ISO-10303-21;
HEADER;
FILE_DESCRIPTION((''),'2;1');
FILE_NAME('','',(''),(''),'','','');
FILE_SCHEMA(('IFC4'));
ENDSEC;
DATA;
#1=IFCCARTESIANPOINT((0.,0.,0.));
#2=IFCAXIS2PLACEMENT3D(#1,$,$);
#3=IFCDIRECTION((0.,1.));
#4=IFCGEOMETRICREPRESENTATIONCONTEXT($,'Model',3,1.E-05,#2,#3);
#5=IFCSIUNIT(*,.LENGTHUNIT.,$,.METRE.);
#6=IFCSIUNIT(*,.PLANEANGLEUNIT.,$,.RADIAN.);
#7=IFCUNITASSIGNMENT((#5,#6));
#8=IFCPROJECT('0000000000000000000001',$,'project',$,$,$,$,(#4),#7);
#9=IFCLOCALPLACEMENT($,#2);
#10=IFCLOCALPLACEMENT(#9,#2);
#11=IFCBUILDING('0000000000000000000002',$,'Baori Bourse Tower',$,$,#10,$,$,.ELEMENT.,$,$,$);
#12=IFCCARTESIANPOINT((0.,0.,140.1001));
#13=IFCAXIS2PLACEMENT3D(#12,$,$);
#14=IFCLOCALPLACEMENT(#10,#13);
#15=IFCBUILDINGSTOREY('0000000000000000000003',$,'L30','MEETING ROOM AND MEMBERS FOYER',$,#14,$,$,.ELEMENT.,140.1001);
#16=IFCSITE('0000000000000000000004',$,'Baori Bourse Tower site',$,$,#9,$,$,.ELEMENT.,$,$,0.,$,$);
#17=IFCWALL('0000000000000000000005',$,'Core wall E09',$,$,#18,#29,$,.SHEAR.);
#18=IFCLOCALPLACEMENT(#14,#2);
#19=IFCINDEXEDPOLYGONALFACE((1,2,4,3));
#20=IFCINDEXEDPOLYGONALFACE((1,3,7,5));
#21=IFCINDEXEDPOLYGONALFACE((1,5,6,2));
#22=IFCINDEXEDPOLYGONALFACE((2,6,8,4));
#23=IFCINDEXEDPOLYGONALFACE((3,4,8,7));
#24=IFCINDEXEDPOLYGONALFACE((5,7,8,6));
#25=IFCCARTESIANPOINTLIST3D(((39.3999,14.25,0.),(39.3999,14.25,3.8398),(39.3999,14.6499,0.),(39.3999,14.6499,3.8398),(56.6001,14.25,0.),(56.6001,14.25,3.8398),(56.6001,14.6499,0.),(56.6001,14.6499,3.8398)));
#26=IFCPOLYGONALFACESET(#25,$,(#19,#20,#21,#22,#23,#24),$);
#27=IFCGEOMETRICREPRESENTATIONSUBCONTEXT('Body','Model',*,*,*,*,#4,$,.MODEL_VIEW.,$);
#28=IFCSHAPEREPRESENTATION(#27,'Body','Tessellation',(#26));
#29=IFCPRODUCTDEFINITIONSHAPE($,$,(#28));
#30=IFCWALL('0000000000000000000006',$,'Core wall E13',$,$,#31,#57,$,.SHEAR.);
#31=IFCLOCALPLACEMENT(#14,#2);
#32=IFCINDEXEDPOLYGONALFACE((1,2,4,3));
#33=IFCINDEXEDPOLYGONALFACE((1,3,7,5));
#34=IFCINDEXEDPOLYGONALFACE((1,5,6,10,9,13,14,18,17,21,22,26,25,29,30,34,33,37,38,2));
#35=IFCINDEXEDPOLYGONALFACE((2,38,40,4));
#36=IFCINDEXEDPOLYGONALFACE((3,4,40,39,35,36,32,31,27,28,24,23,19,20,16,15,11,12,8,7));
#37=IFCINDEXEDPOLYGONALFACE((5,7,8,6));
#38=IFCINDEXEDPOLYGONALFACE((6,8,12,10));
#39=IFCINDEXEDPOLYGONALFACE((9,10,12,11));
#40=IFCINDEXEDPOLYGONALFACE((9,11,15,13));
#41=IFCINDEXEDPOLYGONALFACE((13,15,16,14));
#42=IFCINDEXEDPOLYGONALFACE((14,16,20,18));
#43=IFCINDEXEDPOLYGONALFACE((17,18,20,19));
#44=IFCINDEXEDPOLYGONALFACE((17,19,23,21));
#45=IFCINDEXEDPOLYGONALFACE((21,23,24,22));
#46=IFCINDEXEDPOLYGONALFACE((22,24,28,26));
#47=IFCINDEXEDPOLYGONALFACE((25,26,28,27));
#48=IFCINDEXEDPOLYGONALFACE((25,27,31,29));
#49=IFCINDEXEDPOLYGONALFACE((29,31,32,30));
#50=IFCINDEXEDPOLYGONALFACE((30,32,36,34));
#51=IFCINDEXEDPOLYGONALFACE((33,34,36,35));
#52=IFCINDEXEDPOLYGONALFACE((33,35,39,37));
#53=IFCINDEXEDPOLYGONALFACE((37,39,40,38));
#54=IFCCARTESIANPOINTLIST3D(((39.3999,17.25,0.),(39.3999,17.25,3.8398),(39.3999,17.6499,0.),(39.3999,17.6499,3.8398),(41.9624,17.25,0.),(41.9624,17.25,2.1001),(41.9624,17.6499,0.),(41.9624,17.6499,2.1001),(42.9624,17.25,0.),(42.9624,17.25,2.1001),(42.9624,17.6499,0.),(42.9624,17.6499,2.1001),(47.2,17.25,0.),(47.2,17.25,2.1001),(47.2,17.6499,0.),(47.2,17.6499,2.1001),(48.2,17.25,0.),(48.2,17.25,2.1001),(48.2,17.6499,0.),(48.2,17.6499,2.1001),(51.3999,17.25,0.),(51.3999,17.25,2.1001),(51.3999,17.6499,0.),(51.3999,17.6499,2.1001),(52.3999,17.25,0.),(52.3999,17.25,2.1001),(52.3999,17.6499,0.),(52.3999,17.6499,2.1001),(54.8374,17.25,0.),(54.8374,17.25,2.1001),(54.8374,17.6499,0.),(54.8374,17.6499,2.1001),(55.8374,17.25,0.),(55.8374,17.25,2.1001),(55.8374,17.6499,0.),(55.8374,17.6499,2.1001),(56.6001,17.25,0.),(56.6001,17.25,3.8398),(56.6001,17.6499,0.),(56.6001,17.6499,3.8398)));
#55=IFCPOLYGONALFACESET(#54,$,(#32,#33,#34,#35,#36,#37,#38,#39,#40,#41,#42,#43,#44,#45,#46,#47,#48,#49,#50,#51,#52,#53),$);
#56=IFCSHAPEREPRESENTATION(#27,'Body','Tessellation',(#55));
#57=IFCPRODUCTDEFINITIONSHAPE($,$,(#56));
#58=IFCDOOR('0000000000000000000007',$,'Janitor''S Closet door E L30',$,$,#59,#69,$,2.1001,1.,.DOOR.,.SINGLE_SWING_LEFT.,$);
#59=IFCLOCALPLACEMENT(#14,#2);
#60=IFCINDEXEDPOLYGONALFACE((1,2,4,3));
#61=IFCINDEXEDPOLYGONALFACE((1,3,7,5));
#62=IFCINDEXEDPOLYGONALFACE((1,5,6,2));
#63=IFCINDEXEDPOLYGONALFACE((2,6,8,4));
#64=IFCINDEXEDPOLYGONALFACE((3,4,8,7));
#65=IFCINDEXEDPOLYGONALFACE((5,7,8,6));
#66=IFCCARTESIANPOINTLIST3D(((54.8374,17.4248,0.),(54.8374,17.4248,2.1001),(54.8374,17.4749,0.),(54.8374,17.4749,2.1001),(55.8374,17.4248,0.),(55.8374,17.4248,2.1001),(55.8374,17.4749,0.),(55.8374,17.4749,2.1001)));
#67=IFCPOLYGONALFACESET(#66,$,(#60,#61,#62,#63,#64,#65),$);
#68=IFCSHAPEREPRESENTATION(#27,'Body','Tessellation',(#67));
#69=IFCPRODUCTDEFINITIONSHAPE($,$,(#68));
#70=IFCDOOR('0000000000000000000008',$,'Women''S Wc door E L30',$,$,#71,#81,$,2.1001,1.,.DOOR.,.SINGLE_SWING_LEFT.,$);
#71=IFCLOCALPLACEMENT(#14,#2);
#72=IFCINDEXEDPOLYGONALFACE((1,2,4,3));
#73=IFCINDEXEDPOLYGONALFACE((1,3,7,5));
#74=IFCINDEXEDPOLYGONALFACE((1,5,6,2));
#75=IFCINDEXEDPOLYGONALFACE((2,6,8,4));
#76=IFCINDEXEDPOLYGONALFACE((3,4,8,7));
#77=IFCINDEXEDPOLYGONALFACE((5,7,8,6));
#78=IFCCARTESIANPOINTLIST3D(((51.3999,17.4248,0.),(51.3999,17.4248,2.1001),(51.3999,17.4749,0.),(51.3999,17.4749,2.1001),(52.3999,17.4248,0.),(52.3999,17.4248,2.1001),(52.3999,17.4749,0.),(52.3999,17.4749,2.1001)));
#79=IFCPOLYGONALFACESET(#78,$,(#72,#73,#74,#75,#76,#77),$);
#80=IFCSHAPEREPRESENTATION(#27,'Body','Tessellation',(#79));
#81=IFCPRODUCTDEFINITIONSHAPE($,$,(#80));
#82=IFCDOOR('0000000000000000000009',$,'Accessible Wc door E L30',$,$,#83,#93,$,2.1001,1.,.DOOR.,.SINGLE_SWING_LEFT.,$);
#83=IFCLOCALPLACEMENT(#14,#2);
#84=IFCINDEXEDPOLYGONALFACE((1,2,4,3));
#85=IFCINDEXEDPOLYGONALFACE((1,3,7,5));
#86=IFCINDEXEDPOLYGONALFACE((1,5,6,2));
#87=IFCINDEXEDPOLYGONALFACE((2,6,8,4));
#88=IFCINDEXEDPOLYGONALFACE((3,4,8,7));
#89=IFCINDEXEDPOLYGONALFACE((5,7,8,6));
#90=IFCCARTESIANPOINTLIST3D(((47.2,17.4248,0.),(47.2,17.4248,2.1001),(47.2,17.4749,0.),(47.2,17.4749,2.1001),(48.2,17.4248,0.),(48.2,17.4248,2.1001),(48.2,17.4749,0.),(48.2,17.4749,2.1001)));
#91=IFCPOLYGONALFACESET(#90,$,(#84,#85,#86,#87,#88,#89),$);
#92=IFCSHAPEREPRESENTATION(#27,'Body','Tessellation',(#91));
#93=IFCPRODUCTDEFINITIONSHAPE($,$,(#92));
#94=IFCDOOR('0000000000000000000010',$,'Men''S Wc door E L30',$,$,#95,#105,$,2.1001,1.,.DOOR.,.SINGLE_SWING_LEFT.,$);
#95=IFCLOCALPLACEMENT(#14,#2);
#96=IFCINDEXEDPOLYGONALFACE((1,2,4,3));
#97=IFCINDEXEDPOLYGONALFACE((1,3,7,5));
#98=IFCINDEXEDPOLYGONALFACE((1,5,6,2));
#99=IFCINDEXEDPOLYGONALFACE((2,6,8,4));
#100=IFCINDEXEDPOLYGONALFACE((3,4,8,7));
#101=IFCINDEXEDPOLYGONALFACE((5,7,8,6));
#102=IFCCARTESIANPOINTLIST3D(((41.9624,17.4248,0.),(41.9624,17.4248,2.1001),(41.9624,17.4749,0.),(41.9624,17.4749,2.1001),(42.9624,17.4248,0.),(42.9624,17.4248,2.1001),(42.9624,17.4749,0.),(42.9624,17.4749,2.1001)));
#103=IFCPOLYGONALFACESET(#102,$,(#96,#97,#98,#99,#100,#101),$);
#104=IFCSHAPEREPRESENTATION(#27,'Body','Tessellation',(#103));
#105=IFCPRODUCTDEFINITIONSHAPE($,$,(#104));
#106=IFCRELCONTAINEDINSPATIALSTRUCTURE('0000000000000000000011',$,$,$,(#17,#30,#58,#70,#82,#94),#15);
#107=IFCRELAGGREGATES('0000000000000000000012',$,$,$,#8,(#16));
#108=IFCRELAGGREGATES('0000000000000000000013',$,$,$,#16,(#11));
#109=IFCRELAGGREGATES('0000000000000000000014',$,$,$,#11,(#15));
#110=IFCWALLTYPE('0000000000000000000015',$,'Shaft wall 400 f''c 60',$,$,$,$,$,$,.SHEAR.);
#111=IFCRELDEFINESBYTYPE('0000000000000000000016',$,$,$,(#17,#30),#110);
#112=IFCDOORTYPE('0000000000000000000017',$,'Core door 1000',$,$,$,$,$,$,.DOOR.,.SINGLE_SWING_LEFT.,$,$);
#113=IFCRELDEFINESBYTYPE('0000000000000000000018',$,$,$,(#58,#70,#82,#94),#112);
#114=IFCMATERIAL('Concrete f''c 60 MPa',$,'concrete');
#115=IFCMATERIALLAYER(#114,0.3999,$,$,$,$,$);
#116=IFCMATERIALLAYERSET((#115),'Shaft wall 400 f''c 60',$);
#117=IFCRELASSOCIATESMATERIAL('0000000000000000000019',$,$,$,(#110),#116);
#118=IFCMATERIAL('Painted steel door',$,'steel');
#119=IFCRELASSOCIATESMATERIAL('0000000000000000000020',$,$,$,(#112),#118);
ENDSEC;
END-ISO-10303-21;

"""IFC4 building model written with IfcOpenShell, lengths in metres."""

from ifc_helpers import new_model, si_unit, direction, frame, frame_2d, origin, place, context, subcontext, project, spatial, rectangle, extrude, material, layer, layer_set, type_object, element, fill, save


model = new_model("IFC4")

# Units and contexts
model_context = context("Model", 3, precision=1e-05, world=origin(), true_north=direction((0.0, 1.0)))
body_context = subcontext(model_context, "Body", "Model", "MODEL_VIEW")
ifc_project = project(units=[si_unit("LENGTHUNIT", "METRE"), si_unit("PLANEANGLEUNIT", "RADIAN")], contexts=[model_context])

# Site, building, storey
site_placement = place(None, origin())
site = spatial("IfcSite", under=ifc_project, at=site_placement, Name="Baori Bourse Tower site", CompositionType="ELEMENT", RefElevation=0.0)
building_placement = place(site_placement, origin())
building = spatial("IfcBuilding", under=site, at=building_placement, Name="Baori Bourse Tower", CompositionType="ELEMENT")
storey_placement = place(building_placement, frame((0.0, 0.0, 140.1001)))
storey = spatial("IfcBuildingStorey", under=building, at=storey_placement, Name="L30", Description="MEETING ROOM AND MEMBERS FOYER", CompositionType="ELEMENT", Elevation=140.1001)

# Wall
ifc_material_1 = material(Name="Concrete f'c 60 MPa", Category="concrete")
ifc_layer_1 = layer(ifc_material_1, 0.3999)
ifc_layer_set_1 = layer_set([ifc_layer_1], Name="Shaft wall 400 f'c 60")
wall_type_1 = type_object("IfcWallType", Name="Shaft wall 400 f'c 60", PredefinedType="SHEAR", material=ifc_layer_set_1)
wall_1_placement = place(storey_placement, frame((39.3999, 14.45, 0.0), z_axis=(0.0, 0.0, 1.0), x_axis=(1.0, 0.0, 0.0)))
element("IfcWall", 1, at=wall_1_placement, inside=storey, type_object=wall_type_1, Name="Core wall E09", PredefinedType="SHEAR", context=body_context, shape_type="SweptSolid", body=[
    extrude(rectangle(XDim=17.2002, YDim=0.3999, at=frame_2d((8.6001, 0.0))), origin(), (0.0, 0.0, 1.0), 3.8398),
])

# Wall, openings, doors
wall_2_placement = place(storey_placement, frame((39.3999, 17.45, 0.0), z_axis=(0.0, 0.0, 1.0), x_axis=(1.0, 0.0, 0.0)))
wall_2 = element("IfcWall", 2, at=wall_2_placement, inside=storey, type_object=wall_type_1, Name="Core wall E13", PredefinedType="SHEAR", context=body_context, shape_type="SweptSolid", body=[
    extrude(rectangle(XDim=17.2002, YDim=0.3999, at=frame_2d((8.6001, 0.0))), origin(), (0.0, 0.0, 1.0), 3.8398),
])
opening_1_placement = place(wall_2_placement, frame((15.4375, 0.0, 0.0)))
opening_1 = element("IfcOpeningElement", 3, at=opening_1_placement, cuts=wall_2, PredefinedType="OPENING", context=body_context, shape_type="SweptSolid", body=[
    extrude(rectangle(XDim=1.0, YDim=2.1001, at=frame_2d((0.5, 1.05))), frame((0.0, 0.21, 0.0), z_axis=(0.0, -1.0, 0.0), x_axis=(1.0, 0.0, 0.0)), (0.0, 0.0, 1.0), 0.4199),
])
opening_2_placement = place(wall_2_placement, frame((12.0, 0.0, 0.0)))
opening_2 = element("IfcOpeningElement", 4, at=opening_2_placement, cuts=wall_2, PredefinedType="OPENING", context=body_context, shape_type="SweptSolid", body=[
    extrude(rectangle(XDim=1.0, YDim=2.1001, at=frame_2d((0.5, 1.05))), frame((0.0, 0.21, 0.0), z_axis=(0.0, -1.0, 0.0), x_axis=(1.0, 0.0, 0.0)), (0.0, 0.0, 1.0), 0.4199),
])
opening_3_placement = place(wall_2_placement, frame((7.8, 0.0, 0.0)))
opening_3 = element("IfcOpeningElement", 5, at=opening_3_placement, cuts=wall_2, PredefinedType="OPENING", context=body_context, shape_type="SweptSolid", body=[
    extrude(rectangle(XDim=1.0, YDim=2.1001, at=frame_2d((0.5, 1.05))), frame((0.0, 0.21, 0.0), z_axis=(0.0, -1.0, 0.0), x_axis=(1.0, 0.0, 0.0)), (0.0, 0.0, 1.0), 0.4199),
])
opening_4_placement = place(wall_2_placement, frame((2.5625, 0.0, 0.0)))
opening_4 = element("IfcOpeningElement", 6, at=opening_4_placement, cuts=wall_2, PredefinedType="OPENING", context=body_context, shape_type="SweptSolid", body=[
    extrude(rectangle(XDim=1.0, YDim=2.1001, at=frame_2d((0.5, 1.05))), frame((0.0, 0.21, 0.0), z_axis=(0.0, -1.0, 0.0), x_axis=(1.0, 0.0, 0.0)), (0.0, 0.0, 1.0), 0.4199),
])
ifc_material_2 = material(Name="Painted steel door", Category="steel")
door_type_1 = type_object("IfcDoorType", Name="Core door 1000", OperationType="SINGLE_SWING_LEFT", PredefinedType="DOOR", material=ifc_material_2)
door_1_placement = place(opening_1_placement, origin())
door_1 = element("IfcDoor", 7, at=door_1_placement, inside=storey, type_object=door_type_1, Name="Janitor'S Closet door E L30", OperationType="SINGLE_SWING_LEFT", OverallHeight=2.1001, OverallWidth=1.0, PredefinedType="DOOR", context=body_context, shape_type="SweptSolid", body=[
    extrude(rectangle(XDim=1.0, YDim=2.1001, at=frame_2d((0.5, 1.05))), frame((0.0, 0.0249, 0.0), z_axis=(0.0, -1.0, 0.0), x_axis=(1.0, 0.0, 0.0)), (0.0, 0.0, 1.0), 0.05),
])
fill(opening_1, door_1)
door_2_placement = place(opening_2_placement, origin())
door_2 = element("IfcDoor", 8, at=door_2_placement, inside=storey, type_object=door_type_1, Name="Women'S Wc door E L30", OperationType="SINGLE_SWING_LEFT", OverallHeight=2.1001, OverallWidth=1.0, PredefinedType="DOOR", context=body_context, shape_type="SweptSolid", body=[
    extrude(rectangle(XDim=1.0, YDim=2.1001, at=frame_2d((0.5, 1.05))), frame((0.0, 0.0249, 0.0), z_axis=(0.0, -1.0, 0.0), x_axis=(1.0, 0.0, 0.0)), (0.0, 0.0, 1.0), 0.05),
])
fill(opening_2, door_2)
door_3_placement = place(opening_3_placement, origin())
door_3 = element("IfcDoor", 9, at=door_3_placement, inside=storey, type_object=door_type_1, Name="Accessible Wc door E L30", OperationType="SINGLE_SWING_LEFT", OverallHeight=2.1001, OverallWidth=1.0, PredefinedType="DOOR", context=body_context, shape_type="SweptSolid", body=[
    extrude(rectangle(XDim=1.0, YDim=2.1001, at=frame_2d((0.5, 1.05))), frame((0.0, 0.0249, 0.0), z_axis=(0.0, -1.0, 0.0), x_axis=(1.0, 0.0, 0.0)), (0.0, 0.0, 1.0), 0.05),
])
fill(opening_3, door_3)
door_4_placement = place(opening_4_placement, origin())
door_4 = element("IfcDoor", 10, at=door_4_placement, inside=storey, type_object=door_type_1, Name="Men'S Wc door E L30", OperationType="SINGLE_SWING_LEFT", OverallHeight=2.1001, OverallWidth=1.0, PredefinedType="DOOR", context=body_context, shape_type="SweptSolid", body=[
    extrude(rectangle(XDim=1.0, YDim=2.1001, at=frame_2d((0.5, 1.05))), frame((0.0, 0.0249, 0.0), z_axis=(0.0, -1.0, 0.0), x_axis=(1.0, 0.0, 0.0)), (0.0, 0.0, 1.0), 0.05),
])
fill(opening_4, door_4)

save(model, "model.ifc")
